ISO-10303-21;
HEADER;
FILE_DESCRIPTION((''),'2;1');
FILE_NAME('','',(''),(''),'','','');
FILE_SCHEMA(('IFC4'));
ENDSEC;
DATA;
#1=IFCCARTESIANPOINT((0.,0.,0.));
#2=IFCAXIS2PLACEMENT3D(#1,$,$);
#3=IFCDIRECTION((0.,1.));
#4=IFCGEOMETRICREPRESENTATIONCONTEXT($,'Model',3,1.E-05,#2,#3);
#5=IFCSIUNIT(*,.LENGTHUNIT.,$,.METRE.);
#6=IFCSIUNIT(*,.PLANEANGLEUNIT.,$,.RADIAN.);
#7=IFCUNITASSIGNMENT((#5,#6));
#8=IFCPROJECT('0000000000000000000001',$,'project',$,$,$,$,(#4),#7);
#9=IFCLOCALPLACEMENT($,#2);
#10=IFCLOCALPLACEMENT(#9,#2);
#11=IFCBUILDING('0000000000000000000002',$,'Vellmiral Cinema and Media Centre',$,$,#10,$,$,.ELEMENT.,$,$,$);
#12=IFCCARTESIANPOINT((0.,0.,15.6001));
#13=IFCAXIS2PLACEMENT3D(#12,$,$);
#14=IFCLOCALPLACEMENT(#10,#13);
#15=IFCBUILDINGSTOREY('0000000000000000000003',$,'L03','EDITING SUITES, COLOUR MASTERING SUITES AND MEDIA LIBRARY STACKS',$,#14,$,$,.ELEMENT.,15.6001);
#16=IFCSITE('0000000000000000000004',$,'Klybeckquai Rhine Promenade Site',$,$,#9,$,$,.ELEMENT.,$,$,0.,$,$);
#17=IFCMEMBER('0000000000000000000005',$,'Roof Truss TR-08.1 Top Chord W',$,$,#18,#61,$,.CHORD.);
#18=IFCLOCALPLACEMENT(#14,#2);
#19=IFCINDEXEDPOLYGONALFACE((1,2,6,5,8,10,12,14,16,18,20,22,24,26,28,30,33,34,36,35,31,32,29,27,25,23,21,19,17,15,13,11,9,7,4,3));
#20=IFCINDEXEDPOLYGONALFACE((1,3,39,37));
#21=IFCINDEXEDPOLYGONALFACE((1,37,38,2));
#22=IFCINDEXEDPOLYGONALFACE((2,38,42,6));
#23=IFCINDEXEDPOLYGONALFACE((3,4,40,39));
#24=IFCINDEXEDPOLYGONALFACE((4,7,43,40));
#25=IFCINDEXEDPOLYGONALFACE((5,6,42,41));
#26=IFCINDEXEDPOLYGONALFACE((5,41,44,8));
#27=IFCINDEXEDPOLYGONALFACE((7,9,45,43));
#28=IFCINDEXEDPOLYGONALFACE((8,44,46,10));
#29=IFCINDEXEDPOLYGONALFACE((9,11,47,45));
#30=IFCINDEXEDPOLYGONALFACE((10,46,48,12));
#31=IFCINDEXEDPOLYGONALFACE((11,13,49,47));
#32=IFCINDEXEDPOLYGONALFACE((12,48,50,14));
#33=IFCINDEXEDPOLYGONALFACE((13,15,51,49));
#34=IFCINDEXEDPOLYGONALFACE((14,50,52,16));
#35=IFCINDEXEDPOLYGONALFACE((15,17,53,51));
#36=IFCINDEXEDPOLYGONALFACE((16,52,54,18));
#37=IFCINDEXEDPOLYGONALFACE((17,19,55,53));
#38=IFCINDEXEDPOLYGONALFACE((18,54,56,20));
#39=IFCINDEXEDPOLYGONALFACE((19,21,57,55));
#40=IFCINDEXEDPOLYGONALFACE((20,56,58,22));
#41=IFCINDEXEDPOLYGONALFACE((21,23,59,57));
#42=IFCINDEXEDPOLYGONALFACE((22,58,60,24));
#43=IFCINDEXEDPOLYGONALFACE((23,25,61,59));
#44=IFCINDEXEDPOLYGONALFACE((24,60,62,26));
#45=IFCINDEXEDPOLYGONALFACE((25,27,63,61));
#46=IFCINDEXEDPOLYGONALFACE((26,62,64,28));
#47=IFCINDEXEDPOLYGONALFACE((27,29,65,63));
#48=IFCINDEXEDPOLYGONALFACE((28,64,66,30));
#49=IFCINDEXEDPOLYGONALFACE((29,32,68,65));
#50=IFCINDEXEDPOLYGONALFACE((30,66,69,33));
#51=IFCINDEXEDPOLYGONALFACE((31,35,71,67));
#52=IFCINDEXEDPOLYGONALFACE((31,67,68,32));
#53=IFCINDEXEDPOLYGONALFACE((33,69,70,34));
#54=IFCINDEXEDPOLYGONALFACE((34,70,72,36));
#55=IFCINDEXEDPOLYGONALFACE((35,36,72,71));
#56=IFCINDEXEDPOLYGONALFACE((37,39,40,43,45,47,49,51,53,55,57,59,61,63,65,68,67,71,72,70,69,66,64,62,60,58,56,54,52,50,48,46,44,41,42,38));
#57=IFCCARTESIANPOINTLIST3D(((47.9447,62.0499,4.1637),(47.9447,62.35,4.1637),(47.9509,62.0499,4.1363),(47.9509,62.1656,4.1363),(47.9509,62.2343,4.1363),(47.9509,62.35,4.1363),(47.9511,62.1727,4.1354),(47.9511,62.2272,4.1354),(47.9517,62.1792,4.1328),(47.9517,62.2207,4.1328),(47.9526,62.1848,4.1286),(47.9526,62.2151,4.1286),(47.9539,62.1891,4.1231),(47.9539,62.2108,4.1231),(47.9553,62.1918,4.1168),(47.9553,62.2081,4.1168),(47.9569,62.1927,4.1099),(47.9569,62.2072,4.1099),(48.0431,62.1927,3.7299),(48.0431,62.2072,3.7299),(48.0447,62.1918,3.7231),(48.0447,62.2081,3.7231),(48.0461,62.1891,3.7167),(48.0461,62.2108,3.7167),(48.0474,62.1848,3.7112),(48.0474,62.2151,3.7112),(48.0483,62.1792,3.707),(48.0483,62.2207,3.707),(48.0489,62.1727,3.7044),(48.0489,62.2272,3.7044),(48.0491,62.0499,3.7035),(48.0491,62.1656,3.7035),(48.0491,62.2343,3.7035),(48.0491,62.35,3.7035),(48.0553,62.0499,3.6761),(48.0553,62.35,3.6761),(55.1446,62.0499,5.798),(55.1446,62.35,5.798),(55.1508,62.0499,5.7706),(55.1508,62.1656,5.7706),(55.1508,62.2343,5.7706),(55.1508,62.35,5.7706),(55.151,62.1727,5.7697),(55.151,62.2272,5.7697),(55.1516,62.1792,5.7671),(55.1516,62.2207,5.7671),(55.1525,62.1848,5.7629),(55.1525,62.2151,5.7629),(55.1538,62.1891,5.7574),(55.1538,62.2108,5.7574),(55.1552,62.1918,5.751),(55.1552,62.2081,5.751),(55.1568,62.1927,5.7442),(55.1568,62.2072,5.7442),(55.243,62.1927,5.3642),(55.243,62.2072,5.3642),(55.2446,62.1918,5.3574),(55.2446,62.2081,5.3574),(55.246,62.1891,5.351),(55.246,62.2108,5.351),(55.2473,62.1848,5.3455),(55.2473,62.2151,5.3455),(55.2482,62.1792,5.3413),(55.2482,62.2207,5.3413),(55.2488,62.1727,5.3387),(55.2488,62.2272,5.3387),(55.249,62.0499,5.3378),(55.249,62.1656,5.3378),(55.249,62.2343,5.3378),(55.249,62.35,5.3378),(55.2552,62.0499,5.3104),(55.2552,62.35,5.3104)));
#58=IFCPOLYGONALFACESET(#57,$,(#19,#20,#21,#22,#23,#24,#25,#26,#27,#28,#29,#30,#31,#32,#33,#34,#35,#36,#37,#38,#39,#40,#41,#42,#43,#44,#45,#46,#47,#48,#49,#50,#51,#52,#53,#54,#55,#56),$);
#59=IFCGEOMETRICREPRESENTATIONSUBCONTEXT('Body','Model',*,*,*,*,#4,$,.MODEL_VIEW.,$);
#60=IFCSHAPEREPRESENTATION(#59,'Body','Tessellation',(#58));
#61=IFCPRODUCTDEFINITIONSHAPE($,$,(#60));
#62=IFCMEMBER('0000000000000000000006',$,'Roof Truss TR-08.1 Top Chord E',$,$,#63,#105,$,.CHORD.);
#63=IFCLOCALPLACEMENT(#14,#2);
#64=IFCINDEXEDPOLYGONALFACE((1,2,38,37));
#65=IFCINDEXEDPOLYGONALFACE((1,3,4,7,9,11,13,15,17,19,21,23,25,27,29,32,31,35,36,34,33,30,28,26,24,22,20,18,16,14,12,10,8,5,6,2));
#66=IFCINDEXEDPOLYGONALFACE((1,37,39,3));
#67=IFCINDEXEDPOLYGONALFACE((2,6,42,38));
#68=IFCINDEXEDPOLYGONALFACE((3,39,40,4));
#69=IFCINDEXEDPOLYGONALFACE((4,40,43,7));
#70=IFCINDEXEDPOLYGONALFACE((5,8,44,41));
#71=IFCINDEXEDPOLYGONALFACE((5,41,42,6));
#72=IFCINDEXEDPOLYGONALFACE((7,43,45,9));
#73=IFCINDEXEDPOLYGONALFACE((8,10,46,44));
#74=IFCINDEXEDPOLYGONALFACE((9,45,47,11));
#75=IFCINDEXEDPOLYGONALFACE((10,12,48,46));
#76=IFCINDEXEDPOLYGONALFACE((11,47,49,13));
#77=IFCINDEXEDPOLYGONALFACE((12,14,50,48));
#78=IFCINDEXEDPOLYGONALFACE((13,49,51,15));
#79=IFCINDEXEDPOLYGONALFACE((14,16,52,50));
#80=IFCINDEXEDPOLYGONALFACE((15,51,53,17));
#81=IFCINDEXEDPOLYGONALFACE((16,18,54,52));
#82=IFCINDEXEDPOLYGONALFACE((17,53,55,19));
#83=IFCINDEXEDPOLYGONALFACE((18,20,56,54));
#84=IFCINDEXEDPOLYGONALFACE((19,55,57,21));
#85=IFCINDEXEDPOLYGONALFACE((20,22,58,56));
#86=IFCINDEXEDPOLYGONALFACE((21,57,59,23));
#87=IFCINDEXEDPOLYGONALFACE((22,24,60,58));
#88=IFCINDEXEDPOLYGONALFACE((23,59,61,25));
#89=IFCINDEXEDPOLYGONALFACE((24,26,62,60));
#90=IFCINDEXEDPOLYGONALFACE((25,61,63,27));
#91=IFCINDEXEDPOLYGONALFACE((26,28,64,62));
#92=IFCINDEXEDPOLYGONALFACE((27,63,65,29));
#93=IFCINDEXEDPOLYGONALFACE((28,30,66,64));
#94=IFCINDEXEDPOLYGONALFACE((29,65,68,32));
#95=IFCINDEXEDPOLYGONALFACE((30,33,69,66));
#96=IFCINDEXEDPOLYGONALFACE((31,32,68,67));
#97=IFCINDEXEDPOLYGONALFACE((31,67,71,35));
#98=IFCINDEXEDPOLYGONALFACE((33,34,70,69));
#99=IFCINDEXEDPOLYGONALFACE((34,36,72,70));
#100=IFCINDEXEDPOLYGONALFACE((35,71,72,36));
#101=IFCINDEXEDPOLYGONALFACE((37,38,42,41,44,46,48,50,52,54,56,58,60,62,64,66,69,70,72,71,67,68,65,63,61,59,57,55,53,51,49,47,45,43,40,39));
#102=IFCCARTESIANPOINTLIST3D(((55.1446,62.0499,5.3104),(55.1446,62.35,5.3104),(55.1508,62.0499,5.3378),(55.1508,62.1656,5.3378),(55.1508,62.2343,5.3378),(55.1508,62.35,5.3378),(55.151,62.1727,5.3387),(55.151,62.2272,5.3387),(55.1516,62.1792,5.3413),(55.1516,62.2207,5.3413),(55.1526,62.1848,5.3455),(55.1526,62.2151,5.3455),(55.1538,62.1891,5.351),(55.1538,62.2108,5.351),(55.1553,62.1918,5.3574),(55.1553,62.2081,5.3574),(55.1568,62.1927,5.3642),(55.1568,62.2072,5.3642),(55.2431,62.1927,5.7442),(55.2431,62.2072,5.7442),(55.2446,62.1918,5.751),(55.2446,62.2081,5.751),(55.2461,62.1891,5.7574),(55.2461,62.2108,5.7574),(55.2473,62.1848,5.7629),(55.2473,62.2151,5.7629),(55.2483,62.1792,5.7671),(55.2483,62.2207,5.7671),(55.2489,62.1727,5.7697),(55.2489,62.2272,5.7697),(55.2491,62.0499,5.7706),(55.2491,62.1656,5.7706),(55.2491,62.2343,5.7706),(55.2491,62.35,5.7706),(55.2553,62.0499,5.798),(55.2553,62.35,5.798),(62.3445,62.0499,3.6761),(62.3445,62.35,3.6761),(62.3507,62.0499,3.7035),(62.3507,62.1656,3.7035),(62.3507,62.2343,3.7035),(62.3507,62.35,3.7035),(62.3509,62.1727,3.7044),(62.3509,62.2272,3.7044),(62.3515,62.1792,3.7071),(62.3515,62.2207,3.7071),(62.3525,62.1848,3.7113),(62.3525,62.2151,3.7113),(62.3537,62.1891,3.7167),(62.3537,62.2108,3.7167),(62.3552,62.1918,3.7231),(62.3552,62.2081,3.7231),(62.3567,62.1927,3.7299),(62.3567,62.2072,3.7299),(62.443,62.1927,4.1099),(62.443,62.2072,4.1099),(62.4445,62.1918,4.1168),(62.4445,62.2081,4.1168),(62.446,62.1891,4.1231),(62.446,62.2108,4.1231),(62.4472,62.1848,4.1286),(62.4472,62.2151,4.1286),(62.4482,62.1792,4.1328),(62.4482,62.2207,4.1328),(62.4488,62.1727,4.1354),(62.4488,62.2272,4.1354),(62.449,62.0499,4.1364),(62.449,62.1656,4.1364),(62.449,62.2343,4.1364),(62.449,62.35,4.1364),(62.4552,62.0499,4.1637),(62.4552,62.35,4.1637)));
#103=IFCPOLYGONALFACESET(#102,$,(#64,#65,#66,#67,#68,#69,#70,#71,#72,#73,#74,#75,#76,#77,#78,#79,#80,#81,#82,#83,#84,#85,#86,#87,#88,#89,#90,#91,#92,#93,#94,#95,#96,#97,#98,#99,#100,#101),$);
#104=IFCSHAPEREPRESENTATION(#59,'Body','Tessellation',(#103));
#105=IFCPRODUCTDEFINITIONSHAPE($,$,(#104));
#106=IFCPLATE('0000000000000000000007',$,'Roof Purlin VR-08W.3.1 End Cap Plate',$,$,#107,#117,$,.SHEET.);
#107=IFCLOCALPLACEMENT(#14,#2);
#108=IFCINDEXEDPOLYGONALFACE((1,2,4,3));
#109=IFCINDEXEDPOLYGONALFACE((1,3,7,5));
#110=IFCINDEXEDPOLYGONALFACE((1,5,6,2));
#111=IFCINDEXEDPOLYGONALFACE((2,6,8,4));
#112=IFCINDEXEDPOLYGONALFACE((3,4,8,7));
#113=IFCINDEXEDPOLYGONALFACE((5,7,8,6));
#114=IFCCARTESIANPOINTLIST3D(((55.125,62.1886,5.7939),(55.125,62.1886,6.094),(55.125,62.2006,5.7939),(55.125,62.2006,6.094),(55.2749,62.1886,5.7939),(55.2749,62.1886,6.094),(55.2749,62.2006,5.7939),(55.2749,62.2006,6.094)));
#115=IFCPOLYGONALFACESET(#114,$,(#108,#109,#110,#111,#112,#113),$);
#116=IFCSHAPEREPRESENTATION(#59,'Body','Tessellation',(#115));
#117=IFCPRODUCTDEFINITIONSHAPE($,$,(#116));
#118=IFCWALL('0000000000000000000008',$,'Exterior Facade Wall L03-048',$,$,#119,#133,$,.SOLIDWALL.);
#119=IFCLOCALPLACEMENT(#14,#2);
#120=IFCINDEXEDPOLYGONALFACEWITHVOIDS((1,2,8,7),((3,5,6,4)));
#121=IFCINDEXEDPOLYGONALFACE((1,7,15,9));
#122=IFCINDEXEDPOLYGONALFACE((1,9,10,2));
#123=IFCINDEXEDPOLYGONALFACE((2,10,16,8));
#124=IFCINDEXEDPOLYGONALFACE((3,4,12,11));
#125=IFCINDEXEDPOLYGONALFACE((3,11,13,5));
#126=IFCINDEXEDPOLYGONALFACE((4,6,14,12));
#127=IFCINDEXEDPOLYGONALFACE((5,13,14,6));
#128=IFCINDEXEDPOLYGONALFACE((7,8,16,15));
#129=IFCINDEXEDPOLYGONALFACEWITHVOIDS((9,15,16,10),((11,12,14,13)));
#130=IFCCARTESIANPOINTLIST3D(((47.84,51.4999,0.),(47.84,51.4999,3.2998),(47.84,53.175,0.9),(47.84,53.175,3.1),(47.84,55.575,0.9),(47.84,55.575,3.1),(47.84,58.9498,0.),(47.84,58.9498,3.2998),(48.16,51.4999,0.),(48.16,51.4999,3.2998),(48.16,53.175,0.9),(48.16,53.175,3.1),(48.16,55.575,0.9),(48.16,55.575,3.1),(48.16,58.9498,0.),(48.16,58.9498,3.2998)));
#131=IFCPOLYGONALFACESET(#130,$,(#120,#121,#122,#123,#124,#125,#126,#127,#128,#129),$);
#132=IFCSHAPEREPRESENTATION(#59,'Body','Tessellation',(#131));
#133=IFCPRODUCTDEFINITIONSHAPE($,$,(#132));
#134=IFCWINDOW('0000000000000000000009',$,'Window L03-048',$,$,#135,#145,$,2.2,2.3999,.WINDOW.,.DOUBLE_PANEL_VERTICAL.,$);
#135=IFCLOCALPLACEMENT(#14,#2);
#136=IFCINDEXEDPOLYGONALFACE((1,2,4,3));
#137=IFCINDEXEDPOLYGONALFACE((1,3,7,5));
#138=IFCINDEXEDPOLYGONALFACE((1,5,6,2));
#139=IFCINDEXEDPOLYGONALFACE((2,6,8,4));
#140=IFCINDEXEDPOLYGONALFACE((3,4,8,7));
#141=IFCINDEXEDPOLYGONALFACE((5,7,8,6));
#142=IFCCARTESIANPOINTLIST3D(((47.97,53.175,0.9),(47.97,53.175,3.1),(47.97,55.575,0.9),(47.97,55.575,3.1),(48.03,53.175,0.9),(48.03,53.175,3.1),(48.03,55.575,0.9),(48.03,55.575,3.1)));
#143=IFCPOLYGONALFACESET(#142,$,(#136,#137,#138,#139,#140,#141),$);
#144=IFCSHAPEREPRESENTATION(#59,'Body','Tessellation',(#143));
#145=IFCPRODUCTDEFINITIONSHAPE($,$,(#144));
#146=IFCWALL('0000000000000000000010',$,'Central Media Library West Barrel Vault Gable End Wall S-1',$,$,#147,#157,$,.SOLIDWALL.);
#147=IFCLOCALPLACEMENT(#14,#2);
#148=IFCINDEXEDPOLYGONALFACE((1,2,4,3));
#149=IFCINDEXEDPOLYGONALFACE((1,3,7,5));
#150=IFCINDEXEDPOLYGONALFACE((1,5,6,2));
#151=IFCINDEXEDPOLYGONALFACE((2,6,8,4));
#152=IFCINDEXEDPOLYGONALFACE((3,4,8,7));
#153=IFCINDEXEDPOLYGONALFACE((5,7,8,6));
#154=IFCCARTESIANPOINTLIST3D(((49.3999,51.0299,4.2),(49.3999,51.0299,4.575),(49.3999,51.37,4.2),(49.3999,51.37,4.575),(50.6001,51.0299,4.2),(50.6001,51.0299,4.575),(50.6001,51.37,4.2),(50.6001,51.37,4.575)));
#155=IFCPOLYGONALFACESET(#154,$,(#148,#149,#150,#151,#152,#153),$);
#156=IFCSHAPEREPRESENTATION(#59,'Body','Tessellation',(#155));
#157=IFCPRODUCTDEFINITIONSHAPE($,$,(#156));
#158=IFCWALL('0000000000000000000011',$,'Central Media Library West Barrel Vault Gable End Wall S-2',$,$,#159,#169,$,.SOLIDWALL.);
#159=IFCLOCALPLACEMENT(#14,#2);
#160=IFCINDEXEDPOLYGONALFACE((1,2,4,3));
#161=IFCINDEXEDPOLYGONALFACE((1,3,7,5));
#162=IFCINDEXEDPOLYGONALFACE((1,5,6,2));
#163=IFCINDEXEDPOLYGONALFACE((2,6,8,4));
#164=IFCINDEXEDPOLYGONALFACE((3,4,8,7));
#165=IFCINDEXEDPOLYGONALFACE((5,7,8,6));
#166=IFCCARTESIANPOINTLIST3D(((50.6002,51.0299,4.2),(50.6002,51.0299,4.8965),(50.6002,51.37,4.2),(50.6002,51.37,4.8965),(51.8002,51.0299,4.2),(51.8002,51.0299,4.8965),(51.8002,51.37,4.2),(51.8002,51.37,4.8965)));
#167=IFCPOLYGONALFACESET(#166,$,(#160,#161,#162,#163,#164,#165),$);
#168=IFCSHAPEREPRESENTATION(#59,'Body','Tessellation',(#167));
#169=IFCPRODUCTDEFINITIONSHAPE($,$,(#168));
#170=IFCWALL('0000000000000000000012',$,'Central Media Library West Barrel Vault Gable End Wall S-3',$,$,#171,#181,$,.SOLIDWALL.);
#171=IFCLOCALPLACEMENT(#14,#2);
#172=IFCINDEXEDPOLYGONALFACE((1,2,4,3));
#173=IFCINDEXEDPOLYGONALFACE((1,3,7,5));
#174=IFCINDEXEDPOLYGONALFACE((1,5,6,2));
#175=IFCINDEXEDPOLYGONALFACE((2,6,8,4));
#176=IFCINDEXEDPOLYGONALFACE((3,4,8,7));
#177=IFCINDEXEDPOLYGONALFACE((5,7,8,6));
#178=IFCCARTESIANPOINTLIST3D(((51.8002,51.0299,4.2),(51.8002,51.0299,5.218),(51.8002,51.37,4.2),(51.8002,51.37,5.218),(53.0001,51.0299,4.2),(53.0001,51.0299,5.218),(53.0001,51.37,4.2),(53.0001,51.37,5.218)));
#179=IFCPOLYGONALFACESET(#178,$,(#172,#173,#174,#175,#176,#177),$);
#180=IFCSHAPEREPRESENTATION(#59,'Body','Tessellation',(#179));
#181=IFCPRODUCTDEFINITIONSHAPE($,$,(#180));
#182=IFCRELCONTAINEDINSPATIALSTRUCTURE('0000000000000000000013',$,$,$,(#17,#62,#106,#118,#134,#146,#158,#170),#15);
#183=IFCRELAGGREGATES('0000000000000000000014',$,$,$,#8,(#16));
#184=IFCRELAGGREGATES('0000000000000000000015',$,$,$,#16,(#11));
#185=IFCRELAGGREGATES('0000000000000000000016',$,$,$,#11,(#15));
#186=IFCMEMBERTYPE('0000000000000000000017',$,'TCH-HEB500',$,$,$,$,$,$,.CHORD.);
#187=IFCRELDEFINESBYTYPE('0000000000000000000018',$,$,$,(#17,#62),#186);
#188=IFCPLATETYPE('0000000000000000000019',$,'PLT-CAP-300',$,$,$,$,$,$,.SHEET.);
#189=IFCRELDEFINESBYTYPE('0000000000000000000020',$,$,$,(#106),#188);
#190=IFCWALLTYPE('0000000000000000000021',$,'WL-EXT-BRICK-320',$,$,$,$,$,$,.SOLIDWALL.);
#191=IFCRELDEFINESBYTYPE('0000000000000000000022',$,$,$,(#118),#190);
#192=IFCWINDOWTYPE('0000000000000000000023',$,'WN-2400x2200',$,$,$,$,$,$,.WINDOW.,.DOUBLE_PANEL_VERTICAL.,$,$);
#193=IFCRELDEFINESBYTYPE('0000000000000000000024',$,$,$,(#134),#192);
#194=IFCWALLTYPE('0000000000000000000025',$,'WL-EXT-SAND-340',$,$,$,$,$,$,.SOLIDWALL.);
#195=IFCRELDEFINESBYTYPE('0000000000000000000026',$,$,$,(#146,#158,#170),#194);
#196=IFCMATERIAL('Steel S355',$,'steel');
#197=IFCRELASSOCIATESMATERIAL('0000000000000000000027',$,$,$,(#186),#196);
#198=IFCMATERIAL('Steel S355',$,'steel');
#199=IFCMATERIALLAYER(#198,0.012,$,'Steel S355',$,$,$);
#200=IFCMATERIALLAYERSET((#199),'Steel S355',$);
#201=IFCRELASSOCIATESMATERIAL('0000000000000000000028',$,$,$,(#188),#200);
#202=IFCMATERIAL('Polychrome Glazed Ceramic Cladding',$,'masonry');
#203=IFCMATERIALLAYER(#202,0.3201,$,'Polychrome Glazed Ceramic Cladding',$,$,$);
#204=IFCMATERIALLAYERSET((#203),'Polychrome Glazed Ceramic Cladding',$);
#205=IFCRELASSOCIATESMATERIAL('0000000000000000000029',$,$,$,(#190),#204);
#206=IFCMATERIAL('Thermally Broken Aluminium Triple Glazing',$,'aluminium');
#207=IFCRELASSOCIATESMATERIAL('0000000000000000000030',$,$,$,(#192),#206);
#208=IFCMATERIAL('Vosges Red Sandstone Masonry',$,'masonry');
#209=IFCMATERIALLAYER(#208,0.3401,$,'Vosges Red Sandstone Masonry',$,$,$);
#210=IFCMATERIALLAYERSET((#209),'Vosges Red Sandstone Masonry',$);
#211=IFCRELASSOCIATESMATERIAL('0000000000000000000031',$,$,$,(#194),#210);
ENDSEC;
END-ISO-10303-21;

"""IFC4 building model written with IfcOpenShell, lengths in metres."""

from ifc_helpers import new_model, si_unit, direction, frame, frame_2d, origin, origin_2d, place, context, subcontext, project, spatial, rectangle, i_section, extrude, material, layer, layer_set, material_profile, profile_set, type_object, element, fill, save


model = new_model("IFC4")

# Units and contexts
model_context = context("Model", 3, precision=1e-05, world=origin(), true_north=direction((0.0, 1.0)))
body_context = subcontext(model_context, "Body", "Model", "MODEL_VIEW")
ifc_project = project(units=[si_unit("LENGTHUNIT", "METRE"), si_unit("PLANEANGLEUNIT", "RADIAN")], contexts=[model_context])

# Site, building, storey
site_placement = place(None, origin())
site = spatial("IfcSite", under=ifc_project, at=site_placement, Name="Klybeckquai Rhine Promenade Site", CompositionType="ELEMENT", RefElevation=0.0)
building_placement = place(site_placement, origin())
building = spatial("IfcBuilding", under=site, at=building_placement, Name="Vellmiral Cinema and Media Centre", CompositionType="ELEMENT")
storey_placement = place(building_placement, frame((0.0, 0.0, 15.6001)))
storey = spatial("IfcBuildingStorey", under=building, at=storey_placement, Name="L03", Description="EDITING SUITES, COLOUR MASTERING SUITES AND MEDIA LIBRARY STACKS", CompositionType="ELEMENT", Elevation=15.6001)

# Members
ifc_material_1 = material(Name="Steel S355", Category="steel")
ifc_material_profile_1 = material_profile(ifc_material_1, i_section(OverallWidth=0.3, OverallDepth=0.5, WebThickness=0.0144, FlangeThickness=0.0281, FilletRadius=0.0271, at=origin_2d()), Name="HEB 500")
ifc_profile_set_1 = profile_set([ifc_material_profile_1], Name="Steel S355")
member_type_1 = type_object("IfcMemberType", Name="TCH-HEB500", PredefinedType="CHORD", material=ifc_profile_set_1)
for number, where, z_axis, x_axis, name in (
    (1, (48.0, 62.2, 3.9199), (0.975194, 0.0, 0.221354), (0.0, 1.0, 0.0), "Roof Truss TR-08.1 Top Chord W"),
    (2, (55.2, 62.2, 5.5542), (0.975194, 0.0, -0.221354), (0.0, 1.0, 0.0), "Roof Truss TR-08.1 Top Chord E"),
):
    element("IfcMember", number, at=place(storey_placement, frame(where, z_axis=z_axis, x_axis=x_axis)), inside=storey, type_object=member_type_1, Name=name, PredefinedType="CHORD", context=body_context, shape_type="SweptSolid", body=[
        extrude(i_section(OverallWidth=0.3, OverallDepth=0.5, WebThickness=0.0144, FlangeThickness=0.0281, FilletRadius=0.0271, at=origin_2d()), origin(), (0.0, 0.0, 1.0), 7.3831),
    ])

# Plate
ifc_material_2 = material(Name="Steel S355", Category="steel")
ifc_layer_1 = layer(ifc_material_2, 0.012, Name="Steel S355")
ifc_layer_set_1 = layer_set([ifc_layer_1], Name="Steel S355")
plate_type = type_object("IfcPlateType", Name="PLT-CAP-300", PredefinedType="SHEET", material=ifc_layer_set_1)
plate_placement = place(storey_placement, frame((55.2, 62.1946, 5.7939), z_axis=(0.0, 0.0, 1.0), x_axis=(1.0, 0.0, 0.0)))
element("IfcPlate", 3, at=plate_placement, inside=storey, type_object=plate_type, Name="Roof Purlin VR-08W.3.1 End Cap Plate", PredefinedType="SHEET", context=body_context, shape_type="SweptSolid", body=[
    extrude(rectangle(XDim=0.1499, YDim=0.012, at=origin_2d()), origin(), (0.0, 0.0, 1.0), 0.3),
])

# Wall, opening, window
ifc_material_3 = material(Name="Polychrome Glazed Ceramic Cladding", Category="masonry")
ifc_layer_2 = layer(ifc_material_3, 0.3201, Name="Polychrome Glazed Ceramic Cladding")
ifc_layer_set_2 = layer_set([ifc_layer_2], Name="Polychrome Glazed Ceramic Cladding")
wall_type_1 = type_object("IfcWallType", Name="WL-EXT-BRICK-320", PredefinedType="SOLIDWALL", material=ifc_layer_set_2)
wall_1_placement = place(storey_placement, frame((48.0, 58.95, 0.0), z_axis=(0.0, 0.0, 1.0), x_axis=(0.0, -1.0, 0.0)))
wall_1 = element("IfcWall", 4, at=wall_1_placement, inside=storey, type_object=wall_type_1, Name="Exterior Facade Wall L03-048", PredefinedType="SOLIDWALL", context=body_context, shape_type="SweptSolid", body=[
    extrude(rectangle(XDim=7.45, YDim=0.3201, at=frame_2d((3.7251, 0.0))), origin(), (0.0, 0.0, 1.0), 3.2998),
])
opening_1_placement = place(wall_1_placement, frame((3.375, 0.0, 0.8999)))
opening_1 = element("IfcOpeningElement", 5, at=opening_1_placement, cuts=wall_1, PredefinedType="OPENING", context=body_context, shape_type="SweptSolid", body=[
    extrude(rectangle(XDim=2.3999, YDim=2.2, at=frame_2d((1.2, 1.1001))), frame((0.0, 0.1719, 0.0), z_axis=(0.0, -1.0, 0.0), x_axis=(1.0, 0.0, 0.0)), (0.0, 0.0, 1.0), 0.344),
])
ifc_material_4 = material(Name="Thermally Broken Aluminium Triple Glazing", Category="aluminium")
window_type = type_object("IfcWindowType", Name="WN-2400x2200", PartitioningType="DOUBLE_PANEL_VERTICAL", PredefinedType="WINDOW", material=ifc_material_4)
window_placement = place(opening_1_placement, origin())
window = element("IfcWindow", 6, at=window_placement, inside=storey, type_object=window_type, Name="Window L03-048", OverallHeight=2.2, OverallWidth=2.3999, PartitioningType="DOUBLE_PANEL_VERTICAL", PredefinedType="WINDOW", context=body_context, shape_type="SweptSolid", body=[
    extrude(rectangle(XDim=2.3999, YDim=2.2, at=frame_2d((1.2, 1.1001))), frame((0.0, 0.03, 0.0), z_axis=(0.0, -1.0, 0.0), x_axis=(1.0, 0.0, 0.0)), (0.0, 0.0, 1.0), 0.0601),
])
fill(opening_1, window)

# Walls
ifc_material_5 = material(Name="Vosges Red Sandstone Masonry", Category="masonry")
ifc_layer_3 = layer(ifc_material_5, 0.3401, Name="Vosges Red Sandstone Masonry")
ifc_layer_set_3 = layer_set([ifc_layer_3], Name="Vosges Red Sandstone Masonry")
wall_type_2 = type_object("IfcWallType", Name="WL-EXT-SAND-340", PredefinedType="SOLIDWALL", material=ifc_layer_set_3)
wall_2_placement = place(storey_placement, frame((49.3999, 51.2, 4.2), z_axis=(0.0, 0.0, 1.0), x_axis=(1.0, 0.0, 0.0)))
element("IfcWall", 7, at=wall_2_placement, inside=storey, type_object=wall_type_2, Name="Central Media Library West Barrel Vault Gable End Wall S-1", PredefinedType="SOLIDWALL", context=body_context, shape_type="SweptSolid", body=[
    extrude(rectangle(XDim=1.2002, YDim=0.3401, at=frame_2d((0.6001, 0.0))), origin(), (0.0, 0.0, 1.0), 0.375),
])
wall_3_placement = place(storey_placement, frame((50.6001, 51.2, 4.2), z_axis=(0.0, 0.0, 1.0), x_axis=(1.0, 0.0, 0.0)))
element("IfcWall", 8, at=wall_3_placement, inside=storey, type_object=wall_type_2, Name="Central Media Library West Barrel Vault Gable End Wall S-2", PredefinedType="SOLIDWALL", context=body_context, shape_type="SweptSolid", body=[
    extrude(rectangle(XDim=1.2, YDim=0.3401, at=frame_2d((0.6001, 0.0))), origin(), (0.0, 0.0, 1.0), 0.6965),
])
wall_4_placement = place(storey_placement, frame((51.8, 51.2, 4.2), z_axis=(0.0, 0.0, 1.0), x_axis=(1.0, 0.0, 0.0)))
element("IfcWall", 9, at=wall_4_placement, inside=storey, type_object=wall_type_2, Name="Central Media Library West Barrel Vault Gable End Wall S-3", PredefinedType="SOLIDWALL", context=body_context, shape_type="SweptSolid", body=[
    extrude(rectangle(XDim=1.2, YDim=0.3401, at=frame_2d((0.6001, 0.0))), origin(), (0.0, 0.0, 1.0), 1.0181),
])

save(model, "model.ifc")
